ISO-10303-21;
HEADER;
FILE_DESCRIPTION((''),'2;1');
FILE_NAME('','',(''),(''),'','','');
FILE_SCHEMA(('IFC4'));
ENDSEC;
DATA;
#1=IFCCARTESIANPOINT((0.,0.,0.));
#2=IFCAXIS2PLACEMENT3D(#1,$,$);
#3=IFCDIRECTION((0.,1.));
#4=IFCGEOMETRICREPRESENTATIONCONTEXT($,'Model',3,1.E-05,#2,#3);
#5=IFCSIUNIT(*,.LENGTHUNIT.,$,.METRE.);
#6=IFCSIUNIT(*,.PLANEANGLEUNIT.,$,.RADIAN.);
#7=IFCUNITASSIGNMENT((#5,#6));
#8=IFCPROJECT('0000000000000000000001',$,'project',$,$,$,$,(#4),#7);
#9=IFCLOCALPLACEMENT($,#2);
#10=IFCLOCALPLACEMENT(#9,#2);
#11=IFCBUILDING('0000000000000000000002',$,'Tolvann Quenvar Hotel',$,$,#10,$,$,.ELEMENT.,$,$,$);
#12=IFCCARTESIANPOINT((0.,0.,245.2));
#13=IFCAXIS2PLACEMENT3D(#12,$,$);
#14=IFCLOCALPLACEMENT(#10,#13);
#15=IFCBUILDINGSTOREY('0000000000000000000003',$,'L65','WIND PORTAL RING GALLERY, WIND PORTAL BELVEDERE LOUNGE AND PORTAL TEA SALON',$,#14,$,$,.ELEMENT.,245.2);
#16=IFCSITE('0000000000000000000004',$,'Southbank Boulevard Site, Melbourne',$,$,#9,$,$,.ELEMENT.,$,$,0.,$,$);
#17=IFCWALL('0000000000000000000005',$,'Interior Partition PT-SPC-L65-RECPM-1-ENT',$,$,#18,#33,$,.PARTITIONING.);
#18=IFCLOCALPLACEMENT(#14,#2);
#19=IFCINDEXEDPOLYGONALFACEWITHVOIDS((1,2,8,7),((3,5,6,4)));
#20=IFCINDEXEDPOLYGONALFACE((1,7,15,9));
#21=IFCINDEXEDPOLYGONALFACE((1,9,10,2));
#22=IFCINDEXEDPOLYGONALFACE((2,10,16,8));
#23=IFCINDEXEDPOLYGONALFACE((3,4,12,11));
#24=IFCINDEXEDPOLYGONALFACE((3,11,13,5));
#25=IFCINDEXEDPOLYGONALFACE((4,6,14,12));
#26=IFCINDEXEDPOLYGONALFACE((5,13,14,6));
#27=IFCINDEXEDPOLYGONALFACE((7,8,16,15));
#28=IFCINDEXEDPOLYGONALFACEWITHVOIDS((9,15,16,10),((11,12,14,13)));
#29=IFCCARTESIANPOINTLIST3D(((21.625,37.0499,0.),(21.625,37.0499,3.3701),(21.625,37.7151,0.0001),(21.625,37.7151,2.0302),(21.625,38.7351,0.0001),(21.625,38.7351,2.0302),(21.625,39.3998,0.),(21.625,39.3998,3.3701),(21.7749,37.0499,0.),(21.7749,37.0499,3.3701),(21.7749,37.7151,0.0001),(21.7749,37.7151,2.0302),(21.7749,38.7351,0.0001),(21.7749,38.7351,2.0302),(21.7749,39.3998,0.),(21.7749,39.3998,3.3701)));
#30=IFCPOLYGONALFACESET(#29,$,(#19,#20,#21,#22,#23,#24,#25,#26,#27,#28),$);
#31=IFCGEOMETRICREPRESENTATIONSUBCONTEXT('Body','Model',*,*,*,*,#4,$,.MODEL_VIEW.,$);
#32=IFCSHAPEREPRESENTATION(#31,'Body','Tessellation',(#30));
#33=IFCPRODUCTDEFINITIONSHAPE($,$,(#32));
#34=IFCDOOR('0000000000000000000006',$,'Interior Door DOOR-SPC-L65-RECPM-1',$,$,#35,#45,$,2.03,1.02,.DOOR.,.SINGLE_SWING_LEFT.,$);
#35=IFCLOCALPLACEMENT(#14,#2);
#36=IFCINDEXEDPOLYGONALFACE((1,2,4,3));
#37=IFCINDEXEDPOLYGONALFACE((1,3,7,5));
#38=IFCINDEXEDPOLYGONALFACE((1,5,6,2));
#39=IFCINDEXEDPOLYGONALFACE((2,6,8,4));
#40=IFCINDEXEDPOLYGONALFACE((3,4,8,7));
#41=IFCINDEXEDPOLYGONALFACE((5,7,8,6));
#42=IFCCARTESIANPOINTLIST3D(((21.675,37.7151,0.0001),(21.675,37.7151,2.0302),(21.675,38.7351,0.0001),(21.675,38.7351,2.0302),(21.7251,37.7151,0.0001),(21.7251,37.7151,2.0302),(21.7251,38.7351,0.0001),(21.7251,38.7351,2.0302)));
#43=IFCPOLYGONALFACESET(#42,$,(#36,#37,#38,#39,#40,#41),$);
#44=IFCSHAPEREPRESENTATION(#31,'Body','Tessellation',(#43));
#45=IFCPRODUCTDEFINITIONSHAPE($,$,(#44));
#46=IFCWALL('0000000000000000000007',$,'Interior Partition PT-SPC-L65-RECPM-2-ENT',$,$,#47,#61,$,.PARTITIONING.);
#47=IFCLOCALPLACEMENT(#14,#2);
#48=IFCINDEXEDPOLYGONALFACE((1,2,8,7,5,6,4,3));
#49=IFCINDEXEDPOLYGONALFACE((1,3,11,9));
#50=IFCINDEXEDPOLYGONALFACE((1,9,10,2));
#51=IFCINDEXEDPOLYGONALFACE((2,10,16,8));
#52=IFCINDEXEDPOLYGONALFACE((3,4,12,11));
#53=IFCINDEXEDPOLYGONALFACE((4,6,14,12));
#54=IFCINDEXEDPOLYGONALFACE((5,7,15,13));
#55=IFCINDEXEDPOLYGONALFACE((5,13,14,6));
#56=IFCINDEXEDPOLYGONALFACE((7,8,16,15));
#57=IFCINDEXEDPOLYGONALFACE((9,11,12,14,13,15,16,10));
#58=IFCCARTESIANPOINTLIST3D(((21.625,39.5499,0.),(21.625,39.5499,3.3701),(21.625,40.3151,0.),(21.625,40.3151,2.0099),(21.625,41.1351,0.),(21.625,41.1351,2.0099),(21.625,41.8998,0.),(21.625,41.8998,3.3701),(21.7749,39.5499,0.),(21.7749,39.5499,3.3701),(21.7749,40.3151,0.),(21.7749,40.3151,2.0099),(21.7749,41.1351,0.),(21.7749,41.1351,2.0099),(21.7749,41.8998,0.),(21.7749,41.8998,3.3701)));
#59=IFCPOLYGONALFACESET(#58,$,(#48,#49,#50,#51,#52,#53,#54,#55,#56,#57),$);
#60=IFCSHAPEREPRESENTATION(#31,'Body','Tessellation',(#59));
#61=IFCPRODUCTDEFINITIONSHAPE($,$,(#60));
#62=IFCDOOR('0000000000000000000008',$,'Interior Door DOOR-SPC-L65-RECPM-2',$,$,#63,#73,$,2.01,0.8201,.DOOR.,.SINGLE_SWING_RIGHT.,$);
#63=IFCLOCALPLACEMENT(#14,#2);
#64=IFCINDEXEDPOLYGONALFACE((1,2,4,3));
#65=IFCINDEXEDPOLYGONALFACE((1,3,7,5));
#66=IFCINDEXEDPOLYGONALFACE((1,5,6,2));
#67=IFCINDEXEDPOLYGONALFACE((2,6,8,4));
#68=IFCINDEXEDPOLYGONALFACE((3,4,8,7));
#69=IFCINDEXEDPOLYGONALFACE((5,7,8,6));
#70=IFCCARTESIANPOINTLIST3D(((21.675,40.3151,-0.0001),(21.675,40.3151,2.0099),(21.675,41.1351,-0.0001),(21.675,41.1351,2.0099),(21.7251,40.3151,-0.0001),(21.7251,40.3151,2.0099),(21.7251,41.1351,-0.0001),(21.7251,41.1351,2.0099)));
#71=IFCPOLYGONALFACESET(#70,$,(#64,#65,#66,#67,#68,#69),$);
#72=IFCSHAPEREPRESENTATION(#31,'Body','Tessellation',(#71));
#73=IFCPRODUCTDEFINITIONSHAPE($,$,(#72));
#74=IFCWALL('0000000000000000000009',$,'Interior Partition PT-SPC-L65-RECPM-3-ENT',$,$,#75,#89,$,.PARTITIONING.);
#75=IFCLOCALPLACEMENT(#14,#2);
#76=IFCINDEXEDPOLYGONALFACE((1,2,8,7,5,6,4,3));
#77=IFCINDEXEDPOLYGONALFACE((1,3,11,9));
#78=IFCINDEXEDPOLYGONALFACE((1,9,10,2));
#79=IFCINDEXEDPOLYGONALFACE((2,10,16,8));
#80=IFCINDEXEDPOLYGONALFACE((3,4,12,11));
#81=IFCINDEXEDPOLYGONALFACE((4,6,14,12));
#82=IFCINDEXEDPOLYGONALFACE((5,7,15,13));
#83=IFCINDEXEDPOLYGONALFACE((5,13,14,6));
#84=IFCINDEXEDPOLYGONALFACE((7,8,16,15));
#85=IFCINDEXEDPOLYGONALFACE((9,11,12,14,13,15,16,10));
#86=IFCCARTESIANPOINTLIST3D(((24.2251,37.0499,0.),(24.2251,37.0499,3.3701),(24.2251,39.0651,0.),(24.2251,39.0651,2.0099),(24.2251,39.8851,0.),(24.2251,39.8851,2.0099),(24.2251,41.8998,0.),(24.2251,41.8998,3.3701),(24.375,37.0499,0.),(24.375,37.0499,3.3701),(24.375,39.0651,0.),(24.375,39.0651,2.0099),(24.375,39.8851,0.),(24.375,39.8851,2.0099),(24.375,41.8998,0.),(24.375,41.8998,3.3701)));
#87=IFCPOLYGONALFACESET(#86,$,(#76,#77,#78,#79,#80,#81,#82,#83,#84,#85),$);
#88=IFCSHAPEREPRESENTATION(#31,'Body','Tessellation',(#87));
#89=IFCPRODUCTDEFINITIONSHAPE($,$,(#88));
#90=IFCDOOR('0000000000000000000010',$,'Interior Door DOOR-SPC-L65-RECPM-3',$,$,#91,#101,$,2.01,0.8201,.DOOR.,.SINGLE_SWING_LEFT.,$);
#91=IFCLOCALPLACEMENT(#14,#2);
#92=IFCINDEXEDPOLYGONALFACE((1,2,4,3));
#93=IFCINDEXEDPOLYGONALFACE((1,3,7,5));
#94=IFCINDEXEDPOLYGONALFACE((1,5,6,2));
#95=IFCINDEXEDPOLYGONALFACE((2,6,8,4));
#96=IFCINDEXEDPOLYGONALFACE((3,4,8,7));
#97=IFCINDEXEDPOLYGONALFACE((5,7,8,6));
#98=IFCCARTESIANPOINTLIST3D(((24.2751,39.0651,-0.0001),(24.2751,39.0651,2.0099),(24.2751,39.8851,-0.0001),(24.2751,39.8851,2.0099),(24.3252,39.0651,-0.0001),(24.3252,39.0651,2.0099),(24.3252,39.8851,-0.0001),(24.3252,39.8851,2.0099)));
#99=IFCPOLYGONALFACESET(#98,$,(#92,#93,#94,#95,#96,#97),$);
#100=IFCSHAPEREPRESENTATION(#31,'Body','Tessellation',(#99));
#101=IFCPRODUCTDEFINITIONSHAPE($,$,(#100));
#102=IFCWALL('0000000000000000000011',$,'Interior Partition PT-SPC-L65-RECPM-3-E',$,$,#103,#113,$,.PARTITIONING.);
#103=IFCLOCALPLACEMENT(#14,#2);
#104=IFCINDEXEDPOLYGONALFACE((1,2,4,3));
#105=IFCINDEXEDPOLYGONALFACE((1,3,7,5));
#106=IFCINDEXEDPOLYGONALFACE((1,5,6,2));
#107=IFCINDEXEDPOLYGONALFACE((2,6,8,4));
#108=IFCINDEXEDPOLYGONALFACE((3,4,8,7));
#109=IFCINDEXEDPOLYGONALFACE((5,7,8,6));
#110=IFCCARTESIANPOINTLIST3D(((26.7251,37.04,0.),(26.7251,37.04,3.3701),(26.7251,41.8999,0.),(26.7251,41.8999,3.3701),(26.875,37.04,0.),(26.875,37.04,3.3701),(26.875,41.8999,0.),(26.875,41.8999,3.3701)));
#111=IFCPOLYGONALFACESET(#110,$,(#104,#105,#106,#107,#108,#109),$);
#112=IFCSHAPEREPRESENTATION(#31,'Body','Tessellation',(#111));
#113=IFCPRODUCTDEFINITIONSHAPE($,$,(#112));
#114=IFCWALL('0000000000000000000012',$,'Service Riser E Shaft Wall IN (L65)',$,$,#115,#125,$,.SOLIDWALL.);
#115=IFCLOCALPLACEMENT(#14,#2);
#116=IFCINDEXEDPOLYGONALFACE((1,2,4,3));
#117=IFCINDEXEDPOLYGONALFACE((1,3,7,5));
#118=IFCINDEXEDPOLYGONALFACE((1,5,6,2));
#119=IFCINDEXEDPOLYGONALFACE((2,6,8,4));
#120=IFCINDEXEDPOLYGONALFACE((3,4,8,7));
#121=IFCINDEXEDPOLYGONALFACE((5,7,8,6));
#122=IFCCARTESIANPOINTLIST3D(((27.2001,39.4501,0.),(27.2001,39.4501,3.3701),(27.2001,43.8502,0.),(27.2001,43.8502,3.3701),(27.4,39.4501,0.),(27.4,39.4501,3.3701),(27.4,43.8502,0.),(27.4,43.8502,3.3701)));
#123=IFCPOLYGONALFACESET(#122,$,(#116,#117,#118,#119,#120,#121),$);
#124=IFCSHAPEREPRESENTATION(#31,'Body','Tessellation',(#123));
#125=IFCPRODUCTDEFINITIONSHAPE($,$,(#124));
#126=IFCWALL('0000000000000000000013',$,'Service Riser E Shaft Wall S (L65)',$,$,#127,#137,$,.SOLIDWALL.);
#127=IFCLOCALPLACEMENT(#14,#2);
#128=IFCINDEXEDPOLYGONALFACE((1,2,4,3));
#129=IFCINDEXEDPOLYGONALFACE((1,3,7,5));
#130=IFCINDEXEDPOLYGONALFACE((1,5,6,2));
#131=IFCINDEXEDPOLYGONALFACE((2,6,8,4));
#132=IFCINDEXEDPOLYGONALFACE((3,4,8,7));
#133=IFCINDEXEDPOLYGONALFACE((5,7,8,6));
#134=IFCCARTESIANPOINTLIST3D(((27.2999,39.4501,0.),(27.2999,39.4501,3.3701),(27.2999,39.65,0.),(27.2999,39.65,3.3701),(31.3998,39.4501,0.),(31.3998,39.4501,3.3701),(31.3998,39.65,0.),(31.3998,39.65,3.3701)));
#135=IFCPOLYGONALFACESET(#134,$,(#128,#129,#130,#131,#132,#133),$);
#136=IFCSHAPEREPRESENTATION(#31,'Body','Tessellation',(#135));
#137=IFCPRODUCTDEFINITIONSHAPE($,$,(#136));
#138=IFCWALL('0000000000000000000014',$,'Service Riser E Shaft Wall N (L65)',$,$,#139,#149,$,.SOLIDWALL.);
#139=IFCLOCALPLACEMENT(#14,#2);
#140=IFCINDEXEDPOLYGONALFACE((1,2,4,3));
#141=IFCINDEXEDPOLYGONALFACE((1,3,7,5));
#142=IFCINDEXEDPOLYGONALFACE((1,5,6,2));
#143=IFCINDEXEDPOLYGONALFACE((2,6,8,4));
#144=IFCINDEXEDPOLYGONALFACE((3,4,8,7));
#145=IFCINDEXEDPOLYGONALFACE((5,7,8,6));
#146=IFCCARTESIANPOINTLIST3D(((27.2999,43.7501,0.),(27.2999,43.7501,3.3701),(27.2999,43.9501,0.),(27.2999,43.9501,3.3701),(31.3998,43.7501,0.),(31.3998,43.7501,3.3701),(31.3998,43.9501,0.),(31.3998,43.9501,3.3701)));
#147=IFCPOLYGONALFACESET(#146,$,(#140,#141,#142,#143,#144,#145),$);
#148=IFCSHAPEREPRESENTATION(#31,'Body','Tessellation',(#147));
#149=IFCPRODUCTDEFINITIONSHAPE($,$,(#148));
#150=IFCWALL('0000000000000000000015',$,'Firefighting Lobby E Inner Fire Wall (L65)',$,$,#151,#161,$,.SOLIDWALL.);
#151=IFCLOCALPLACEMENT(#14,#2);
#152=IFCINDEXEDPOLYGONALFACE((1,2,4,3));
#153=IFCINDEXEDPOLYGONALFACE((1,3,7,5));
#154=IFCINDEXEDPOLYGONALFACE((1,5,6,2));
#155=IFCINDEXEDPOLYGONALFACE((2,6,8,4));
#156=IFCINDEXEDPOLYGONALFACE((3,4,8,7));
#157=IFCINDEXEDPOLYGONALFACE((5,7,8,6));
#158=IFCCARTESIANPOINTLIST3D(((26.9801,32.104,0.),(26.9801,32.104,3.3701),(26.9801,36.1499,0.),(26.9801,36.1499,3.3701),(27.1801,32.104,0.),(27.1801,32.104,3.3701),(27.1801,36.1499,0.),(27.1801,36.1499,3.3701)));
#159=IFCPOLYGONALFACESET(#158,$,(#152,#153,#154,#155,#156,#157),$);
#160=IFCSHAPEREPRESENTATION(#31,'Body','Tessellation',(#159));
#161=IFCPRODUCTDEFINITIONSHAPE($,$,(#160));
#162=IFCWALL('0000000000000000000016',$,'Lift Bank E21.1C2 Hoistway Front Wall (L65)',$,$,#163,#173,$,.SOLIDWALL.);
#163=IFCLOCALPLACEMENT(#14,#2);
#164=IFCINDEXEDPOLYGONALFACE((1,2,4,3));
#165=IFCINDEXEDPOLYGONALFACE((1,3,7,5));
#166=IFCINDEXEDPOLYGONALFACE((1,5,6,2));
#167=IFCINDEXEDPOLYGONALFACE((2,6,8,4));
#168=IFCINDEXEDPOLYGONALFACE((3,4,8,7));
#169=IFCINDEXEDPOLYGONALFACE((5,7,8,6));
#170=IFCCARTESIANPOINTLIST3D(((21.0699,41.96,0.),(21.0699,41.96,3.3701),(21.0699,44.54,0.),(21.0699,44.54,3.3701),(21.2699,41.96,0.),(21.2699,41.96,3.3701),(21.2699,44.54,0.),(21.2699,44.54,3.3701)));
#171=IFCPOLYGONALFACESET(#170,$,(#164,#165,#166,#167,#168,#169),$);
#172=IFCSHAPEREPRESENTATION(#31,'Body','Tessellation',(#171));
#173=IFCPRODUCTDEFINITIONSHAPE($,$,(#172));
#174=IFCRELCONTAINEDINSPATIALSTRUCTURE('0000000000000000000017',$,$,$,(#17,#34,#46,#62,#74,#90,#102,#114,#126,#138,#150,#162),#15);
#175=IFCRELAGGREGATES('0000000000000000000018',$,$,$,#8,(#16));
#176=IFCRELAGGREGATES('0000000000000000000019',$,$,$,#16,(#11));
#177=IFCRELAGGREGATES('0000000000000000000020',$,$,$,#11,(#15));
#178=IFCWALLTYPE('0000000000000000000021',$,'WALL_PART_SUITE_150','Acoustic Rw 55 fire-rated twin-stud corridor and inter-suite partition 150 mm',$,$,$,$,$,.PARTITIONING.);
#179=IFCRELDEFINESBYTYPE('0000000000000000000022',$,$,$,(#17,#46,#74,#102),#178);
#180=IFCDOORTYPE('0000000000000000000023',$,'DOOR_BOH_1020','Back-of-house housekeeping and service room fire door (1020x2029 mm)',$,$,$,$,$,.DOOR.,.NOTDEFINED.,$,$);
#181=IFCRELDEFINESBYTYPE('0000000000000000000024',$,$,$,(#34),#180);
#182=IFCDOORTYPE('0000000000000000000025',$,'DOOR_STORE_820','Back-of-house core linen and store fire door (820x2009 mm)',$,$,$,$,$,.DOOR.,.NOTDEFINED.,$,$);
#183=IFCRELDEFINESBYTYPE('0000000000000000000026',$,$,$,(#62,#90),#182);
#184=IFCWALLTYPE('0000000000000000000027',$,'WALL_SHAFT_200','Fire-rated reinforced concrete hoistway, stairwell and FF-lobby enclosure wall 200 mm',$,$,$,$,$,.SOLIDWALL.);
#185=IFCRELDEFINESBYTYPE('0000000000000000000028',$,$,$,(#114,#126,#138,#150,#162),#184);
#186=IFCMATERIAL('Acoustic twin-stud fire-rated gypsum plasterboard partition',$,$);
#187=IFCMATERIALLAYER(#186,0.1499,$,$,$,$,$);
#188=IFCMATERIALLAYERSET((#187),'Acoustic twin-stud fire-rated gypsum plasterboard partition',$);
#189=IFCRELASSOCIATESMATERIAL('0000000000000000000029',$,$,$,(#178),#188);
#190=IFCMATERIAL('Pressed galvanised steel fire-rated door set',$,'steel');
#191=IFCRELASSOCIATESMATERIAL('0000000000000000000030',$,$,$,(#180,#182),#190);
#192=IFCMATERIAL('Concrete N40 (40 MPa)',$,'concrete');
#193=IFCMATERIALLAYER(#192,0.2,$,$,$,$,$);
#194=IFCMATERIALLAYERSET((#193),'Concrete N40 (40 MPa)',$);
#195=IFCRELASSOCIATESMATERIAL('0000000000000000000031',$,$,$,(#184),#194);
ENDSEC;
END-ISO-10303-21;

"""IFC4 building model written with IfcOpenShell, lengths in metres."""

from ifc_helpers import new_model, si_unit, direction, frame, frame_2d, origin, place, context, subcontext, project, spatial, rectangle, extrude, source, transform, mapped, material, layer, layer_set, type_object, type_shapes, element, fill, save


model = new_model("IFC4")

# Units and contexts
model_context = context("Model", 3, precision=1e-05, world=origin(), true_north=direction((0.0, 1.0)))
body_context = subcontext(model_context, "Body", "Model", "MODEL_VIEW")
ifc_project = project(units=[si_unit("LENGTHUNIT", "METRE"), si_unit("PLANEANGLEUNIT", "RADIAN")], contexts=[model_context])

# Site, building, storey
site_placement = place(None, origin())
site = spatial("IfcSite", under=ifc_project, at=site_placement, Name="Southbank Boulevard Site, Melbourne", CompositionType="ELEMENT", RefElevation=0.0)
building_placement = place(site_placement, origin())
building = spatial("IfcBuilding", under=site, at=building_placement, Name="Tolvann Quenvar Hotel", CompositionType="ELEMENT")
storey_placement = place(building_placement, frame((0.0, 0.0, 245.2)))
storey = spatial("IfcBuildingStorey", under=building, at=storey_placement, Name="L65", Description="WIND PORTAL RING GALLERY, WIND PORTAL BELVEDERE LOUNGE AND PORTAL TEA SALON", CompositionType="ELEMENT", Elevation=245.2)

# Walls, openings, doors
ifc_material_1 = material(Name="Acoustic twin-stud fire-rated gypsum plasterboard partition")
ifc_layer_1 = layer(ifc_material_1, 0.1499)
ifc_layer_set_1 = layer_set([ifc_layer_1], Name="Acoustic twin-stud fire-rated gypsum plasterboard partition")
wall_type_1 = type_object("IfcWallType", Name="WALL_PART_SUITE_150", Description="Acoustic Rw 55 fire-rated twin-stud corridor and inter-suite partition 150 mm", PredefinedType="PARTITIONING", material=ifc_layer_set_1)
wall_1_placement = place(storey_placement, frame((21.7, 37.05, 0.0), z_axis=(0.0, 0.0, 1.0), x_axis=(0.0, 1.0, 0.0)))
wall_1 = element("IfcWall", 1, at=wall_1_placement, inside=storey, type_object=wall_type_1, Name="Interior Partition PT-SPC-L65-RECPM-1-ENT", PredefinedType="PARTITIONING", context=body_context, shape_type="SweptSolid", body=[
    extrude(rectangle(XDim=2.3499, YDim=0.1499, at=frame_2d((1.1748, 0.0))), origin(), (0.0, 0.0, 1.0), 3.3701),
])
opening_1_placement = place(wall_1_placement, frame((0.665, 0.0, 0.0)))
opening_1 = element("IfcOpeningElement", 2, at=opening_1_placement, cuts=wall_1, PredefinedType="OPENING", context=body_context, shape_type="SweptSolid", body=[
    extrude(rectangle(XDim=1.02, YDim=2.03, at=frame_2d((0.51, 1.0151))), frame((0.0, 0.085, 0.0), z_axis=(0.0, -1.0, 0.0), x_axis=(1.0, 0.0, 0.0)), (0.0, 0.0, 1.0), 0.1699),
])
ifc_material_2 = material(Name="Pressed galvanised steel fire-rated door set", Category="steel")
door_type_1 = type_object("IfcDoorType", Name="DOOR_BOH_1020", Description="Back-of-house housekeeping and service room fire door (1020x2029 mm)", OperationType="NOTDEFINED", PredefinedType="DOOR", material=ifc_material_2)
shared_shape_1 = source(origin(), body_context, "Body", "SweptSolid", [
    extrude(rectangle(XDim=1.02, YDim=2.03, at=frame_2d((0.51, 1.0151))), frame((0.0, 0.0249, 0.0), z_axis=(0.0, -1.0, 0.0), x_axis=(1.0, 0.0, 0.0)), (0.0, 0.0, 1.0), 0.05),
])
type_shapes(door_type_1, [shared_shape_1])
door_1_placement = place(opening_1_placement, origin())
door_1 = element("IfcDoor", 3, at=door_1_placement, inside=storey, type_object=door_type_1, Name="Interior Door DOOR-SPC-L65-RECPM-1", OperationType="SINGLE_SWING_LEFT", OverallHeight=2.03, OverallWidth=1.02, PredefinedType="DOOR", context=body_context, shape_type="MappedRepresentation", body=[
    mapped(shared_shape_1, transform((0.0, 0.0, 0.0), x_axis=(1.0, 0.0, 0.0), y_axis=(0.0, 1.0, 0.0), z_axis=(0.0, 0.0, 1.0), scale=1.0)),
])
fill(opening_1, door_1)
wall_2_placement = place(storey_placement, frame((21.7, 39.55, 0.0), z_axis=(0.0, 0.0, 1.0), x_axis=(0.0, 1.0, 0.0)))
wall_2 = element("IfcWall", 4, at=wall_2_placement, inside=storey, type_object=wall_type_1, Name="Interior Partition PT-SPC-L65-RECPM-2-ENT", PredefinedType="PARTITIONING", context=body_context, shape_type="SweptSolid", body=[
    extrude(rectangle(XDim=2.3499, YDim=0.1499, at=frame_2d((1.1748, 0.0))), origin(), (0.0, 0.0, 1.0), 3.3701),
])
opening_2_placement = place(wall_2_placement, frame((0.7649, 0.0, 0.0)))
opening_2 = element("IfcOpeningElement", 5, at=opening_2_placement, cuts=wall_2, PredefinedType="OPENING", context=body_context, shape_type="SweptSolid", body=[
    extrude(rectangle(XDim=0.8201, YDim=2.01, at=frame_2d((0.4102, 1.0049))), frame((0.0, 0.085, 0.0), z_axis=(0.0, -1.0, 0.0), x_axis=(1.0, 0.0, 0.0)), (0.0, 0.0, 1.0), 0.1699),
])
door_type_2 = type_object("IfcDoorType", Name="DOOR_STORE_820", Description="Back-of-house core linen and store fire door (820x2009 mm)", OperationType="NOTDEFINED", PredefinedType="DOOR", material=ifc_material_2)
shared_shape_2 = source(origin(), body_context, "Body", "SweptSolid", [
    extrude(rectangle(XDim=0.8201, YDim=2.01, at=frame_2d((0.4102, 1.0049))), frame((0.0, 0.0249, 0.0), z_axis=(0.0, -1.0, 0.0), x_axis=(1.0, 0.0, 0.0)), (0.0, 0.0, 1.0), 0.05),
])
type_shapes(door_type_2, [shared_shape_2])
door_2_placement = place(opening_2_placement, origin())
door_2 = element("IfcDoor", 6, at=door_2_placement, inside=storey, type_object=door_type_2, Name="Interior Door DOOR-SPC-L65-RECPM-2", OperationType="SINGLE_SWING_RIGHT", OverallHeight=2.01, OverallWidth=0.8201, PredefinedType="DOOR", context=body_context, shape_type="MappedRepresentation", body=[
    mapped(shared_shape_2, transform((0.0, 0.0, 0.0), x_axis=(1.0, 0.0, 0.0), y_axis=(0.0, 1.0, 0.0), z_axis=(0.0, 0.0, 1.0), scale=1.0)),
])
fill(opening_2, door_2)
wall_3_placement = place(storey_placement, frame((24.3, 37.05, 0.0), z_axis=(0.0, 0.0, 1.0), x_axis=(0.0, 1.0, 0.0)))
wall_3 = element("IfcWall", 7, at=wall_3_placement, inside=storey, type_object=wall_type_1, Name="Interior Partition PT-SPC-L65-RECPM-3-ENT", PredefinedType="PARTITIONING", context=body_context, shape_type="SweptSolid", body=[
    extrude(rectangle(XDim=4.8499, YDim=0.1499, at=frame_2d((2.4248, 0.0))), origin(), (0.0, 0.0, 1.0), 3.3701),
])
opening_3_placement = place(wall_3_placement, frame((2.0149, 0.0, 0.0)))
opening_3 = element("IfcOpeningElement", 8, at=opening_3_placement, cuts=wall_3, PredefinedType="OPENING", context=body_context, shape_type="SweptSolid", body=[
    extrude(rectangle(XDim=0.8201, YDim=2.01, at=frame_2d((0.4102, 1.0049))), frame((0.0, 0.085, 0.0), z_axis=(0.0, -1.0, 0.0), x_axis=(1.0, 0.0, 0.0)), (0.0, 0.0, 1.0), 0.1699),
])
door_3_placement = place(opening_3_placement, origin())
door_3 = element("IfcDoor", 9, at=door_3_placement, inside=storey, type_object=door_type_2, Name="Interior Door DOOR-SPC-L65-RECPM-3", OperationType="SINGLE_SWING_LEFT", OverallHeight=2.01, OverallWidth=0.8201, PredefinedType="DOOR", context=body_context, shape_type="MappedRepresentation", body=[
    mapped(shared_shape_2, transform((0.0, 0.0, 0.0), x_axis=(1.0, 0.0, 0.0), y_axis=(0.0, 1.0, 0.0), z_axis=(0.0, 0.0, 1.0), scale=1.0)),
])
fill(opening_3, door_3)

# Walls
wall_4_placement = place(storey_placement, frame((26.8, 37.04, 0.0), z_axis=(0.0, 0.0, 1.0), x_axis=(0.0, 1.0, 0.0)))
element("IfcWall", 10, at=wall_4_placement, inside=storey, type_object=wall_type_1, Name="Interior Partition PT-SPC-L65-RECPM-3-E", PredefinedType="PARTITIONING", context=body_context, shape_type="SweptSolid", body=[
    extrude(rectangle(XDim=4.8599, YDim=0.1499, at=frame_2d((2.4299, 0.0))), origin(), (0.0, 0.0, 1.0), 3.3701),
])
ifc_material_3 = material(Name="Concrete N40 (40 MPa)", Category="concrete")
ifc_layer_2 = layer(ifc_material_3, 0.2)
ifc_layer_set_2 = layer_set([ifc_layer_2], Name="Concrete N40 (40 MPa)")
wall_type_2 = type_object("IfcWallType", Name="WALL_SHAFT_200", Description="Fire-rated reinforced concrete hoistway, stairwell and FF-lobby enclosure wall 200 mm", PredefinedType="SOLIDWALL", material=ifc_layer_set_2)
wall_5_placement = place(storey_placement, frame((27.3, 39.45, 0.0), z_axis=(0.0, 0.0, 1.0), x_axis=(0.0, 1.0, 0.0)))
element("IfcWall", 11, at=wall_5_placement, inside=storey, type_object=wall_type_2, Name="Service Riser E Shaft Wall IN (L65)", PredefinedType="SOLIDWALL", context=body_context, shape_type="SweptSolid", body=[
    extrude(rectangle(XDim=4.4001, YDim=0.2, at=frame_2d((2.2002, 0.0))), origin(), (0.0, 0.0, 1.0), 3.3701),
])
for number, where, z_axis, x_axis, name in (
    (12, (27.3, 39.55, 0.0), (0.0, 0.0, 1.0), (1.0, 0.0, 0.0), "Service Riser E Shaft Wall S (L65)"),
    (13, (27.3, 43.8501, 0.0), (0.0, 0.0, 1.0), (1.0, 0.0, 0.0), "Service Riser E Shaft Wall N (L65)"),
):
    element("IfcWall", number, at=place(storey_placement, frame(where, z_axis=z_axis, x_axis=x_axis)), inside=storey, type_object=wall_type_2, Name=name, PredefinedType="SOLIDWALL", context=body_context, shape_type="SweptSolid", body=[
        extrude(rectangle(XDim=4.0999, YDim=0.2, at=frame_2d((2.0498, 0.0))), origin(), (0.0, 0.0, 1.0), 3.3701),
    ])
wall_6_placement = place(storey_placement, frame((27.0801, 32.104, 0.0), z_axis=(0.0, 0.0, 1.0), x_axis=(0.0, 1.0, 0.0)))
element("IfcWall", 14, at=wall_6_placement, inside=storey, type_object=wall_type_2, Name="Firefighting Lobby E Inner Fire Wall (L65)", PredefinedType="SOLIDWALL", context=body_context, shape_type="SweptSolid", body=[
    extrude(rectangle(XDim=4.0459, YDim=0.2, at=frame_2d((2.0229, 0.0))), origin(), (0.0, 0.0, 1.0), 3.3701),
])
wall_7_placement = place(storey_placement, frame((21.1699, 41.96, 0.0), z_axis=(0.0, 0.0, 1.0), x_axis=(0.0, 1.0, 0.0)))
element("IfcWall", 15, at=wall_7_placement, inside=storey, type_object=wall_type_2, Name="Lift Bank E21.1C2 Hoistway Front Wall (L65)", PredefinedType="SOLIDWALL", context=body_context, shape_type="SweptSolid", body=[
    extrude(rectangle(XDim=2.5801, YDim=0.2, at=frame_2d((1.29, 0.0))), origin(), (0.0, 0.0, 1.0), 3.3701),
])

save(model, "model.ifc")
